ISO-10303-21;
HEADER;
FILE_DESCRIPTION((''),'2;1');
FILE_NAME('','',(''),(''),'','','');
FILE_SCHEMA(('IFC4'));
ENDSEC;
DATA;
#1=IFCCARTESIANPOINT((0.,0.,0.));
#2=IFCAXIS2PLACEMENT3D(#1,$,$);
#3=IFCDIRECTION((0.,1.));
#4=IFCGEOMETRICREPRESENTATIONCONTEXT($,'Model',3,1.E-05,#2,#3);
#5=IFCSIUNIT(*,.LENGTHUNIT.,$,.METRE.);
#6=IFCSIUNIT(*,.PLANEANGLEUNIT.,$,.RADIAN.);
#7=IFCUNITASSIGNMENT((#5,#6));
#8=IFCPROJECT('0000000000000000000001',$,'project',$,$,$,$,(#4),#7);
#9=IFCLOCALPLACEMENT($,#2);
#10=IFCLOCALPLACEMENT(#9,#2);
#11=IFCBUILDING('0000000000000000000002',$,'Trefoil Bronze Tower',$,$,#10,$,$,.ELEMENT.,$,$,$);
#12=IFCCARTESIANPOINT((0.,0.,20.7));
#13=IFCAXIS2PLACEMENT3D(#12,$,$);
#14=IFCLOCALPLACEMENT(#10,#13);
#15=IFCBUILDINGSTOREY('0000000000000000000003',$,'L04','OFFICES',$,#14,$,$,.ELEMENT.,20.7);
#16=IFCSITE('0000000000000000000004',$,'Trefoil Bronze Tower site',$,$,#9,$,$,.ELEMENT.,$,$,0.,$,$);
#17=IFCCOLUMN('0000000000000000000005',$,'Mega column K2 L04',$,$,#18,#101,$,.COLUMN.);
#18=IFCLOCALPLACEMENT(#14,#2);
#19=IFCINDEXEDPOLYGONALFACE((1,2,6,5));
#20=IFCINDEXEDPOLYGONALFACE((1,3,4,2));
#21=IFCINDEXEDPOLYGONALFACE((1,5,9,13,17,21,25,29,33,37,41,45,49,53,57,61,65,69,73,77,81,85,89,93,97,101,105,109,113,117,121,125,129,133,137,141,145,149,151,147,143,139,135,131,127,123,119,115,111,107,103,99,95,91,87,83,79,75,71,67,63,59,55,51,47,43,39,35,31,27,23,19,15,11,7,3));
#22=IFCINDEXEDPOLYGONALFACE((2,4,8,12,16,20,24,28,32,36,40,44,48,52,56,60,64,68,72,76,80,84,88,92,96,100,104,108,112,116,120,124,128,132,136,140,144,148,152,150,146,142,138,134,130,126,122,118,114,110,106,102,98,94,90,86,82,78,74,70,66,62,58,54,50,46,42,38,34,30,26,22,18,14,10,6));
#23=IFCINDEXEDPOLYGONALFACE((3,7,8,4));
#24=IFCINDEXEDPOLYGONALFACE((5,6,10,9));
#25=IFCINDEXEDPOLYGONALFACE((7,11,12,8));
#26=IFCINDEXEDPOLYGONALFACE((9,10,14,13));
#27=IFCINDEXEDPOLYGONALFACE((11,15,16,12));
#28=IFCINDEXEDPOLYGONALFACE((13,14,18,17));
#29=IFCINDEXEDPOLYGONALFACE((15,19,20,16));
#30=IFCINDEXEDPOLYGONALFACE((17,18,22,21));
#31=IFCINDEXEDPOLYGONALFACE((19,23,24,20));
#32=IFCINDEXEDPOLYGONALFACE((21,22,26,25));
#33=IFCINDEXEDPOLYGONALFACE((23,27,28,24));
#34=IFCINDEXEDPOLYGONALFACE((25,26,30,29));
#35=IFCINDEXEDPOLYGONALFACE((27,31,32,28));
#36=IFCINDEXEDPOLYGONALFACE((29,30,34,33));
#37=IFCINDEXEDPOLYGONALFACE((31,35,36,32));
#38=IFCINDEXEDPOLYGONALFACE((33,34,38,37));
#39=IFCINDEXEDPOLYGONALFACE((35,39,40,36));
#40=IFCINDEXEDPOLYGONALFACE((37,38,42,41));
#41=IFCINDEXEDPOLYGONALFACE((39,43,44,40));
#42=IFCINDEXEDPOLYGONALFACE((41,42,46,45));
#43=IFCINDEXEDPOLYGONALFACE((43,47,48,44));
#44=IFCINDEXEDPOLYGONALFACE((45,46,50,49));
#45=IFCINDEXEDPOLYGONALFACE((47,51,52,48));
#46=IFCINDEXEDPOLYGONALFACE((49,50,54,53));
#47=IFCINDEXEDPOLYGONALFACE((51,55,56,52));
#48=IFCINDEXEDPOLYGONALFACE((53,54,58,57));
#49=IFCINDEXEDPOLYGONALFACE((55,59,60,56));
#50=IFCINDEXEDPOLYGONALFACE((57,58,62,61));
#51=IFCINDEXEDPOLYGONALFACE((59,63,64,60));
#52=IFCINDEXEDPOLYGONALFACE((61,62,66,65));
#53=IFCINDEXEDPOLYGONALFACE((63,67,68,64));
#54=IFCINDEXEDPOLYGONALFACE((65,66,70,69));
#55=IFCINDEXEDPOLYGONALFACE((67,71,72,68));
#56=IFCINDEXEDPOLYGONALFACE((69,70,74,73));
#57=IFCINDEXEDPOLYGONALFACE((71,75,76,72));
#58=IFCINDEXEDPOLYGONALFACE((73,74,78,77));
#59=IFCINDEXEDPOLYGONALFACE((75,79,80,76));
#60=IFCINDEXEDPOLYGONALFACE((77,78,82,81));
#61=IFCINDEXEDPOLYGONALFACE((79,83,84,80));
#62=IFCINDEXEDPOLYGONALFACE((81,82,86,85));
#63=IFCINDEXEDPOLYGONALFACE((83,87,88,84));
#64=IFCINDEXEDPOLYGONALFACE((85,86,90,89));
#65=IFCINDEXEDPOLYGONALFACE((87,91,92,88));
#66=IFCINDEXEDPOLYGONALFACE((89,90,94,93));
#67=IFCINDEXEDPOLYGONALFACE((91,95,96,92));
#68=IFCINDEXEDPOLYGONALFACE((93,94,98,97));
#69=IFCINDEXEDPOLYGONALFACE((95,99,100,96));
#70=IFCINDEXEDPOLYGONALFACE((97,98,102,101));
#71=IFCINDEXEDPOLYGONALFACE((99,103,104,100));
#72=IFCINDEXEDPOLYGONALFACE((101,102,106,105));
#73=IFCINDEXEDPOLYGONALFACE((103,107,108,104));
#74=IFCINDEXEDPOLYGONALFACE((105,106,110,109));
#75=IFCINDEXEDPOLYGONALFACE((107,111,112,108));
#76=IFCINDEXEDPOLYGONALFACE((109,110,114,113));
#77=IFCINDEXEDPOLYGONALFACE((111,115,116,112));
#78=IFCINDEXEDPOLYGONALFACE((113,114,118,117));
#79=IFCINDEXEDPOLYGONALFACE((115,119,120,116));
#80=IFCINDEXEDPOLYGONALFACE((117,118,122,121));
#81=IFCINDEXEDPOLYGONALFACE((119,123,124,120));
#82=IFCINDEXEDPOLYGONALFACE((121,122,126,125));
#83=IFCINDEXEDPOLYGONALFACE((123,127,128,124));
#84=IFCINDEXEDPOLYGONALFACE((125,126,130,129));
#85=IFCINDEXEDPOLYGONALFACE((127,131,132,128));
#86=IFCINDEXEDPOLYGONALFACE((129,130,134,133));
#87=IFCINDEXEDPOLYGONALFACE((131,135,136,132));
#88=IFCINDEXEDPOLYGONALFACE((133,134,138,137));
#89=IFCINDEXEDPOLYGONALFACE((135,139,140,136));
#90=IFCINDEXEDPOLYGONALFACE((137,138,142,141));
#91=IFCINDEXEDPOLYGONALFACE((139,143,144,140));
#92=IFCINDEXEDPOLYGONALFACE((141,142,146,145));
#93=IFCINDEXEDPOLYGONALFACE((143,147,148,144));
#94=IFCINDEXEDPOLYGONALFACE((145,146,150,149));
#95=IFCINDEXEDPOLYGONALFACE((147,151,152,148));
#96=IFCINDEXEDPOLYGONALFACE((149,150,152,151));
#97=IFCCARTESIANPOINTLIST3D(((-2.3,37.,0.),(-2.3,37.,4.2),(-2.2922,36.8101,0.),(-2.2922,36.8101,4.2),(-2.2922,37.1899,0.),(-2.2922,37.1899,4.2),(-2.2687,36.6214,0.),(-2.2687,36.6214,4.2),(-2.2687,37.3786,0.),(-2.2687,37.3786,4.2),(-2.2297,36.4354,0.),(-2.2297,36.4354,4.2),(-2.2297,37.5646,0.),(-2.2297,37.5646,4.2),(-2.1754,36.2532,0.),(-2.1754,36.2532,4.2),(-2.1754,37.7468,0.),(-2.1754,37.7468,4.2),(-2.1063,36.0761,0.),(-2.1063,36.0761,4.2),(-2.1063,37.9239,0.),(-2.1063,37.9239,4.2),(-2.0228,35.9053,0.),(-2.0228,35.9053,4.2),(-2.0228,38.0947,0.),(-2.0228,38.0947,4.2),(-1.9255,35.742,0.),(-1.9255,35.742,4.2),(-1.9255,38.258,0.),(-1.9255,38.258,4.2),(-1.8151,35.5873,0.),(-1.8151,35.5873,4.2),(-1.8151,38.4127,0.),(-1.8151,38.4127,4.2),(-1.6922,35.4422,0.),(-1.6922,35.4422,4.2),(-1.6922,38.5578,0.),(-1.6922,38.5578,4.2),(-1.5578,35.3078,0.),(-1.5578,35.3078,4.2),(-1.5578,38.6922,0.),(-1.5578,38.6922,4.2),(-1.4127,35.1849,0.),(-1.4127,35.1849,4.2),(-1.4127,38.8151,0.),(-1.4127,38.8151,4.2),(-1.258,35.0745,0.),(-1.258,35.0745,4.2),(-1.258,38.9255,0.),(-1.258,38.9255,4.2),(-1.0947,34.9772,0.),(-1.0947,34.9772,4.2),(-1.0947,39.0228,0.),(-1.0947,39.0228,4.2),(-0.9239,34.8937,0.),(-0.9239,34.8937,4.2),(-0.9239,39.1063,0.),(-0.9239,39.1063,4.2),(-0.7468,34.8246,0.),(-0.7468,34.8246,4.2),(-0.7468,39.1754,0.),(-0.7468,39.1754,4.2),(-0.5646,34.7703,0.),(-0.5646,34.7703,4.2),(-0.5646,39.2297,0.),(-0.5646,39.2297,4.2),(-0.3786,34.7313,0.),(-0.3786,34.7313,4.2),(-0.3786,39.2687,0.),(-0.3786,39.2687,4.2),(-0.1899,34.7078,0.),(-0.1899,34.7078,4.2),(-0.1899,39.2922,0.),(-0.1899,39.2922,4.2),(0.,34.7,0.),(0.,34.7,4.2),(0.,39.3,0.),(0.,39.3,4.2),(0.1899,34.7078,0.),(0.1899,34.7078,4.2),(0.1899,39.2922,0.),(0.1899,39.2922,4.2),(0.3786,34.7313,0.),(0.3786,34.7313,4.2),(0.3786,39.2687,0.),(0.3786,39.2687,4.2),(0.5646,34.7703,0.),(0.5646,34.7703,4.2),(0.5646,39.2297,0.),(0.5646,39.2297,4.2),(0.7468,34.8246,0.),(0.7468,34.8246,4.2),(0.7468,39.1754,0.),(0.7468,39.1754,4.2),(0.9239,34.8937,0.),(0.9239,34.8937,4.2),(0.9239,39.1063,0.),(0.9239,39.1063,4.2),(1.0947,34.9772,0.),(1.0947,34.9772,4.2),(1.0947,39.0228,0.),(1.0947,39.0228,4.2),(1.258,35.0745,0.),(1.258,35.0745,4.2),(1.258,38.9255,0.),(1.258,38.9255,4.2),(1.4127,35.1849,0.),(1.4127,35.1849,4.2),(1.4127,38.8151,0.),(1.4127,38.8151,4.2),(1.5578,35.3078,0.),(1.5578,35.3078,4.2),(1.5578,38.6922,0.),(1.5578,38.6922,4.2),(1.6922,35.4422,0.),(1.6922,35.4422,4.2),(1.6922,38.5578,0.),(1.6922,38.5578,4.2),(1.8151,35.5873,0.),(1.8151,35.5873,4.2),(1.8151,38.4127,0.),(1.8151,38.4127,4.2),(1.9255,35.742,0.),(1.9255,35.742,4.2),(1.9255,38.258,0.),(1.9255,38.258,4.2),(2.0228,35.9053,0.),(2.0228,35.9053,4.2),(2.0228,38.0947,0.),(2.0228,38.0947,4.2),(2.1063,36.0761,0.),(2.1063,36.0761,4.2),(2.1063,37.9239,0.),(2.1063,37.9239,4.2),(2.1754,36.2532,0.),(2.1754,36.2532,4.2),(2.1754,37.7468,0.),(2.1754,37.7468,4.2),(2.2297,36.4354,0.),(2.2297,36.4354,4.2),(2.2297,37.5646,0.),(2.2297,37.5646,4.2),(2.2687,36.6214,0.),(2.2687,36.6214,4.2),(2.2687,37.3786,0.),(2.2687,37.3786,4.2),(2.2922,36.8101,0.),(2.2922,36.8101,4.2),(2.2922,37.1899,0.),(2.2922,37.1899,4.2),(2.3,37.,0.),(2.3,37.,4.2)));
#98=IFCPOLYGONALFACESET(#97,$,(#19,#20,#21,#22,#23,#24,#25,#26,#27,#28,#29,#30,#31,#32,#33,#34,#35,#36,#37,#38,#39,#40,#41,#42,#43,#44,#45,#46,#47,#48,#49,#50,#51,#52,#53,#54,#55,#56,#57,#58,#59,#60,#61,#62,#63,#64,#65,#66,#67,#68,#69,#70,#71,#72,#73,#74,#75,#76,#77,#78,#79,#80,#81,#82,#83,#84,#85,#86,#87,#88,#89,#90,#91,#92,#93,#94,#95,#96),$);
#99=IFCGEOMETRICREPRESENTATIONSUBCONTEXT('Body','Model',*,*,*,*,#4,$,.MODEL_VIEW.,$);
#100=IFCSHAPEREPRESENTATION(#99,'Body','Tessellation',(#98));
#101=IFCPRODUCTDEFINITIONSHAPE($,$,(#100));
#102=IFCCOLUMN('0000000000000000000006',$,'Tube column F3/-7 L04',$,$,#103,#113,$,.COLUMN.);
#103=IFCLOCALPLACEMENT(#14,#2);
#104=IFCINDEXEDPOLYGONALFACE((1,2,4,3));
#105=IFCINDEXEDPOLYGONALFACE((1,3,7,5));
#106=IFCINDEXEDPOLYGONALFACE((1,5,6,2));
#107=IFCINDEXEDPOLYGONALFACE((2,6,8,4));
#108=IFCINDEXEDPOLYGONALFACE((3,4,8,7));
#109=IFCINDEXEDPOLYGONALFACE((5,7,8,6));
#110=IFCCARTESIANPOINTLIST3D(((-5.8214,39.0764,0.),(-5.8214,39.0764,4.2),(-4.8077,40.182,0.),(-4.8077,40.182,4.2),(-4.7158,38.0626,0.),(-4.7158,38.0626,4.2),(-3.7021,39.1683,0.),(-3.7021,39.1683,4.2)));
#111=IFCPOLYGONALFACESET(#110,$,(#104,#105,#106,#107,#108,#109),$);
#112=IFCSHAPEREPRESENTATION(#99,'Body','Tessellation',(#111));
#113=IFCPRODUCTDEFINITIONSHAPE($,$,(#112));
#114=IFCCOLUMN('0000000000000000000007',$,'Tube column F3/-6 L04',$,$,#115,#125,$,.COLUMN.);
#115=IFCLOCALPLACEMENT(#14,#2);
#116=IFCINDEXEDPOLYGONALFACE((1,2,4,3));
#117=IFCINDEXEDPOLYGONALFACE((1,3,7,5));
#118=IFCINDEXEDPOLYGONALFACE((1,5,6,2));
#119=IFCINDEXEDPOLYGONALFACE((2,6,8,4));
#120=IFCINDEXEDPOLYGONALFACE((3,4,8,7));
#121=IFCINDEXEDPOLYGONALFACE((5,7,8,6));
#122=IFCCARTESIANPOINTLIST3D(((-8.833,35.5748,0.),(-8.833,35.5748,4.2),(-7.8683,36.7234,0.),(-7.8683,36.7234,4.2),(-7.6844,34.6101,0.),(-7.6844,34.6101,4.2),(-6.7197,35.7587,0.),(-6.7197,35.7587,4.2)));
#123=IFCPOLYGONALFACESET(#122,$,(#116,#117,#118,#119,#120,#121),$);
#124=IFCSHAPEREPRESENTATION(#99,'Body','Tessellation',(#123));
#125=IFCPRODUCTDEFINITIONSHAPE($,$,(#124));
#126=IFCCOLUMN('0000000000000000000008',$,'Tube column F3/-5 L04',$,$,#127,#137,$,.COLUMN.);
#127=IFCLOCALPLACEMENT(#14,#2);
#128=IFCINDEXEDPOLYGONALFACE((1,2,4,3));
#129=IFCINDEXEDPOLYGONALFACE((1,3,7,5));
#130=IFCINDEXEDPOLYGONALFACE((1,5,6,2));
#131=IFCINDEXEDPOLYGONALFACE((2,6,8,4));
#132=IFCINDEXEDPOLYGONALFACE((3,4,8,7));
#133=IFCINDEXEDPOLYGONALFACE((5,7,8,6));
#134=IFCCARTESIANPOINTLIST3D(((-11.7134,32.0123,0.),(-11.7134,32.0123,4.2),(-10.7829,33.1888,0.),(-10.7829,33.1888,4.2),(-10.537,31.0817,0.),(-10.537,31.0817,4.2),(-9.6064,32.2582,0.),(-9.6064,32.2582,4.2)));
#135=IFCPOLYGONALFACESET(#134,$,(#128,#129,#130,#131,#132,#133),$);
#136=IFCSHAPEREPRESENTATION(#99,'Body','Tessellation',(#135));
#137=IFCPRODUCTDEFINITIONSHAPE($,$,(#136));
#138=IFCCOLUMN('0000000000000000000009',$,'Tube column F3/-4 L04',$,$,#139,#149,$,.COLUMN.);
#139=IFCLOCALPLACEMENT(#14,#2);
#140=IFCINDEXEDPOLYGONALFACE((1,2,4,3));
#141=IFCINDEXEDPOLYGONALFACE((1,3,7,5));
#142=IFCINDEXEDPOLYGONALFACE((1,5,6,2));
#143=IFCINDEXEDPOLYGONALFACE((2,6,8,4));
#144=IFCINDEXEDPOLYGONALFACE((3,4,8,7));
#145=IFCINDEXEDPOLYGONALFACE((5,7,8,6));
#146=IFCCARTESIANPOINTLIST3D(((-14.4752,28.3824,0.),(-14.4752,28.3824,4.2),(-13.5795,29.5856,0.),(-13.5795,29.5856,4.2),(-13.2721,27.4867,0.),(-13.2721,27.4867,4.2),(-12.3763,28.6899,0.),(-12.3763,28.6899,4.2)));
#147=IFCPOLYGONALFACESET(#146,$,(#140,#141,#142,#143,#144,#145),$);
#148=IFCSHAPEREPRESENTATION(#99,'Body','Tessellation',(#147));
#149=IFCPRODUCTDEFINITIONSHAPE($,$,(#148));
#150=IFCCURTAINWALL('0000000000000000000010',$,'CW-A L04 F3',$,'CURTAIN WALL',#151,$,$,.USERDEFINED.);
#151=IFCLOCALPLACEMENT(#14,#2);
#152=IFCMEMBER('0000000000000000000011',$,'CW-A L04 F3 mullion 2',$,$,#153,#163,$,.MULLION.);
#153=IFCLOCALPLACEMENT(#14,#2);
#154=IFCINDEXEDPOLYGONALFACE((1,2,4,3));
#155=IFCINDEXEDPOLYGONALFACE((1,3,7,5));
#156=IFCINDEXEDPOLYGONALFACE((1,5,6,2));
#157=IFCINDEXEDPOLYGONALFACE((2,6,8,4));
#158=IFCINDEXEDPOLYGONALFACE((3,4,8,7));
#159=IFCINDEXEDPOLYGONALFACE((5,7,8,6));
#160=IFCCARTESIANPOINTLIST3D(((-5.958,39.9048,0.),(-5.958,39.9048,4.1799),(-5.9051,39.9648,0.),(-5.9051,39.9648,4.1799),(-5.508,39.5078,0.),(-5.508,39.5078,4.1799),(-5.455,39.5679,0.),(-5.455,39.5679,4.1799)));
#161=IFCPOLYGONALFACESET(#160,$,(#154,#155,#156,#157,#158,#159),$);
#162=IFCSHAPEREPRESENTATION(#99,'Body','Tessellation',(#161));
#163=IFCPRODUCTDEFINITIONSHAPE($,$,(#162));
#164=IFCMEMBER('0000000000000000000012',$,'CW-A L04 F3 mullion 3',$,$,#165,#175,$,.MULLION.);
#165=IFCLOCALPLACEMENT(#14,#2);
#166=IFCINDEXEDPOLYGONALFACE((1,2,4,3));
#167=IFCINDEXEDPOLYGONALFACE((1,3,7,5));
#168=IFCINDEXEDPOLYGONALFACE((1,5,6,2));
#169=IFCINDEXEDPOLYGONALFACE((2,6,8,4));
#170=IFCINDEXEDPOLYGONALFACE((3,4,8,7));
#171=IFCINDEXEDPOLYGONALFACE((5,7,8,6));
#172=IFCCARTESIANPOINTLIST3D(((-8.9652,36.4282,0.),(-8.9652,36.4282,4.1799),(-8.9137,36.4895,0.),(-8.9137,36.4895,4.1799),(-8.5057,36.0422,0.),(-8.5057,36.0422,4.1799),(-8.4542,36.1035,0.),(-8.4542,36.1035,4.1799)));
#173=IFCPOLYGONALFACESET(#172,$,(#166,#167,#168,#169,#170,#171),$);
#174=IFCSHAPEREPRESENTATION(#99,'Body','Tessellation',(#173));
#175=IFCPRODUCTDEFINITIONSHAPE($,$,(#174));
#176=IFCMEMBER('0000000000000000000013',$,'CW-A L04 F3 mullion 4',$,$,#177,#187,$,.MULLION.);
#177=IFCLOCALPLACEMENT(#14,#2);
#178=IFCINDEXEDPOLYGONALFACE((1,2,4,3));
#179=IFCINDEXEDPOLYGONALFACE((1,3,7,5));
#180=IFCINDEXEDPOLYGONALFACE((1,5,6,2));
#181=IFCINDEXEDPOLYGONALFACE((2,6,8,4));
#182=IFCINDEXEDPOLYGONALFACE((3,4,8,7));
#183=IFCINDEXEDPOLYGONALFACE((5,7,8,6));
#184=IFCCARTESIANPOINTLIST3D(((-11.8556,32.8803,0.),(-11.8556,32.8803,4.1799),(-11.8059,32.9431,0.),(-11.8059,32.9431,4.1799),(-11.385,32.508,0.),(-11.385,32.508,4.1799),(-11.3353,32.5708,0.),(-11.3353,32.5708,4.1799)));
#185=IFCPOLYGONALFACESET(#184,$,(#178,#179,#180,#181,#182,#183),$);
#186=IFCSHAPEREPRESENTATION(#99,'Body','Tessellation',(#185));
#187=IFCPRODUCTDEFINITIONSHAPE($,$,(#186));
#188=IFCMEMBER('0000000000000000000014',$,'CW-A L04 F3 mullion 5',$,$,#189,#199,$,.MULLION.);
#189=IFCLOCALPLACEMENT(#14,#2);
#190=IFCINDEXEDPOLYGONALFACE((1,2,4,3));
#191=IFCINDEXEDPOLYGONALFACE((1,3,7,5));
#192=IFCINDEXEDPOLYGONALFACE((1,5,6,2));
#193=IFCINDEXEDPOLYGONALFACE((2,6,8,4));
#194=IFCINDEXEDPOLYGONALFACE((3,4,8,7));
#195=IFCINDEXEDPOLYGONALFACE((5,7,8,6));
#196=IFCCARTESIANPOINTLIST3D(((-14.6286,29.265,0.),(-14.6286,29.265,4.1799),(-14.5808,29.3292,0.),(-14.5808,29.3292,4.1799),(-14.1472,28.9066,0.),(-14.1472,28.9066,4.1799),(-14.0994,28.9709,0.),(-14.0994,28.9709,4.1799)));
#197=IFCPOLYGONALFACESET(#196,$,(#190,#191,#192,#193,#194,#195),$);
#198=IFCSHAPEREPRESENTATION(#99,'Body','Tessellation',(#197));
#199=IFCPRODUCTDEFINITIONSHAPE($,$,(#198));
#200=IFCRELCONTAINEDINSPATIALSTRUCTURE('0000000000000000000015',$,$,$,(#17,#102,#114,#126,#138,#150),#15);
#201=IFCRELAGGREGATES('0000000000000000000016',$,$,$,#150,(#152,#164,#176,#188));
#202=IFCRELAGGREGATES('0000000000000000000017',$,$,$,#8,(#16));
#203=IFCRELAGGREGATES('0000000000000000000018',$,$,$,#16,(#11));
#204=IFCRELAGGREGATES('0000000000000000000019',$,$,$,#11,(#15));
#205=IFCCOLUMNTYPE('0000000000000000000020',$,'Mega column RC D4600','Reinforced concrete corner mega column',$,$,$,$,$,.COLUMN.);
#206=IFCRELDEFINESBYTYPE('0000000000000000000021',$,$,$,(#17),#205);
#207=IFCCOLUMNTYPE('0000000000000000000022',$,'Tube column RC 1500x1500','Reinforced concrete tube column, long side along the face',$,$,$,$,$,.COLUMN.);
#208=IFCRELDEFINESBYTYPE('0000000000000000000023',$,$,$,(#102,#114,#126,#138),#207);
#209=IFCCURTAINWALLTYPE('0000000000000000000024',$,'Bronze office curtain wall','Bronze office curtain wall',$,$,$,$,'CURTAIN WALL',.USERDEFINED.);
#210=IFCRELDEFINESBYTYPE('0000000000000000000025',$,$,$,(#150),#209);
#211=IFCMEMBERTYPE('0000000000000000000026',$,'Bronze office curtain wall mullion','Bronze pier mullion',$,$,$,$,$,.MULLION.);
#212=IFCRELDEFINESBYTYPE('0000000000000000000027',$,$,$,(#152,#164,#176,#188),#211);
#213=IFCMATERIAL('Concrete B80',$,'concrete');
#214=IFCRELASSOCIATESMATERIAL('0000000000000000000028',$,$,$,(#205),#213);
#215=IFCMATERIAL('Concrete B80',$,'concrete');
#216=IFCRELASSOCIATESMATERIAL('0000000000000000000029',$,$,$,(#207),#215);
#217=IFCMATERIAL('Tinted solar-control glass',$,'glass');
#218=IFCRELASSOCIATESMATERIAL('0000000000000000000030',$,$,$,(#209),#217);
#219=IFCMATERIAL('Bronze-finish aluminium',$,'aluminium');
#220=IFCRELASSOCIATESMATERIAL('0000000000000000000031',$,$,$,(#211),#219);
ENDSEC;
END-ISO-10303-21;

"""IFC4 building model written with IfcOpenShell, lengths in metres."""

from ifc_helpers import new_model, si_unit, direction, frame, origin, origin_2d, place, context, subcontext, project, spatial, rectangle, circle, extrude, material, material_profile, profile_set, type_object, element, aggregate, save


model = new_model("IFC4")

# Units and contexts
model_context = context("Model", 3, precision=1e-05, world=origin(), true_north=direction((0.0, 1.0)))
body_context = subcontext(model_context, "Body", "Model", "MODEL_VIEW")
ifc_project = project(units=[si_unit("LENGTHUNIT", "METRE"), si_unit("PLANEANGLEUNIT", "RADIAN")], contexts=[model_context])

# Site, building, storey
site_placement = place(None, origin())
site = spatial("IfcSite", under=ifc_project, at=site_placement, Name="Trefoil Bronze Tower site", CompositionType="ELEMENT", RefElevation=0.0)
building_placement = place(site_placement, origin())
building = spatial("IfcBuilding", under=site, at=building_placement, Name="Trefoil Bronze Tower", CompositionType="ELEMENT")
storey_placement = place(building_placement, frame((0.0, 0.0, 20.7)))
storey = spatial("IfcBuildingStorey", under=building, at=storey_placement, Name="L04", Description="OFFICES", CompositionType="ELEMENT", Elevation=20.7)

# Columns
ifc_material_1 = material(Name="Concrete B80", Category="concrete")
ifc_material_profile_1 = material_profile(ifc_material_1, circle(Radius=2.3, at=origin_2d()), Name="RC D4600")
ifc_profile_set_1 = profile_set([ifc_material_profile_1], Name="Concrete B80")
column_type_1 = type_object("IfcColumnType", Name="Mega column RC D4600", Description="Reinforced concrete corner mega column", PredefinedType="COLUMN", material=ifc_profile_set_1)
column_placement = place(storey_placement, frame((0.0, 37.0, 0.0), z_axis=(0.0, 0.0, 1.0), x_axis=(1.0, 0.0, 0.0)))
element("IfcColumn", 1, at=column_placement, inside=storey, type_object=column_type_1, Name="Mega column K2 L04", PredefinedType="COLUMN", context=body_context, shape_type="SweptSolid", body=[
    extrude(circle(Radius=2.3, at=origin_2d()), origin(), (0.0, 0.0, 1.0), 4.2),
])
ifc_material_2 = material(Name="Concrete B80", Category="concrete")
ifc_material_profile_2 = material_profile(ifc_material_2, rectangle(XDim=1.5, YDim=1.5, at=origin_2d()), Name="RC 1500x1500")
ifc_profile_set_2 = profile_set([ifc_material_profile_2], Name="Concrete B80")
column_type_2 = type_object("IfcColumnType", Name="Tube column RC 1500x1500", Description="Reinforced concrete tube column, long side along the face", PredefinedType="COLUMN", material=ifc_profile_set_2)
for number, where, z_axis, x_axis, name in (
    (2, (-4.7617, 39.1223, 0.0), (0.0, 0.0, 1.0), (-0.675816, -0.73707, 0.0), "Tube column F3/-7 L04"),
    (3, (-7.7764, 35.6667, 0.0), (0.0, 0.0, 1.0), (-0.643163, -0.765729, 0.0), "Tube column F3/-6 L04"),
    (4, (-10.6599, 32.1353, 0.0), (0.0, 0.0, 1.0), (-0.620376, -0.784305, 0.0), "Tube column F3/-5 L04"),
    (5, (-13.4258, 28.5361, 0.0), (0.0, 0.0, 1.0), (-0.597154, -0.802127, 0.0), "Tube column F3/-4 L04"),
):
    element("IfcColumn", number, at=place(storey_placement, frame(where, z_axis=z_axis, x_axis=x_axis)), inside=storey, type_object=column_type_2, Name=name, PredefinedType="COLUMN", context=body_context, shape_type="SweptSolid", body=[
        extrude(rectangle(XDim=1.5, YDim=1.5, at=origin_2d()), origin(), (0.0, 0.0, 1.0), 4.2),
    ])

# Curtain wall, members
ifc_material_3 = material(Name="Tinted solar-control glass", Category="glass")
curtain_wall_type_1 = type_object("IfcCurtainWallType", Name="Bronze office curtain wall", Description="Bronze office curtain wall", ElementType="CURTAIN WALL", PredefinedType="USERDEFINED", material=ifc_material_3)
curtain_wall_1_placement = place(storey_placement, origin())
curtain_wall_1 = element("IfcCurtainWall", 6, at=curtain_wall_1_placement, inside=storey, type_object=curtain_wall_type_1, Name="CW-A L04 F3", ObjectType="CURTAIN WALL", PredefinedType="USERDEFINED")
ifc_material_4 = material(Name="Bronze-finish aluminium", Category="aluminium")
ifc_material_profile_3 = material_profile(ifc_material_4, rectangle(XDim=0.6001, YDim=0.0801, at=origin_2d()), Name="CW-A mullion")
ifc_profile_set_3 = profile_set([ifc_material_profile_3], Name="Bronze-finish aluminium")
member_type_1 = type_object("IfcMemberType", Name="Bronze office curtain wall mullion", Description="Bronze pier mullion", PredefinedType="MULLION", material=ifc_profile_set_3)
member_1_placement = place(storey_placement, frame((-5.7065, 39.7363, 0.0), z_axis=(0.0, 0.0, 1.0), x_axis=(0.749941, -0.661505, 0.0)))
member_1 = element("IfcMember", 7, at=member_1_placement, type_object=member_type_1, Name="CW-A L04 F3 mullion 2", PredefinedType="MULLION", context=body_context, shape_type="SweptSolid", body=[
    extrude(rectangle(XDim=0.6001, YDim=0.0801, at=origin_2d()), origin(), (0.0, 0.0, 1.0), 4.1799),
])
member_2_placement = place(storey_placement, frame((-8.7097, 36.2659, 0.0), z_axis=(0.0, 0.0, 1.0), x_axis=(0.765729, -0.643163, 0.0)))
member_2 = element("IfcMember", 8, at=member_2_placement, type_object=member_type_1, Name="CW-A L04 F3 mullion 3", PredefinedType="MULLION", context=body_context, shape_type="SweptSolid", body=[
    extrude(rectangle(XDim=0.6001, YDim=0.0801, at=origin_2d()), origin(), (0.0, 0.0, 1.0), 4.1799),
])
member_3_placement = place(storey_placement, frame((-11.5955, 32.7256, 0.0), z_axis=(0.0, 0.0, 1.0), x_axis=(0.784305, -0.620376, 0.0)))
member_3 = element("IfcMember", 9, at=member_3_placement, type_object=member_type_1, Name="CW-A L04 F3 mullion 4", PredefinedType="MULLION", context=body_context, shape_type="SweptSolid", body=[
    extrude(rectangle(XDim=0.6001, YDim=0.0801, at=origin_2d()), origin(), (0.0, 0.0, 1.0), 4.1799),
])
member_4_placement = place(storey_placement, frame((-14.364, 29.1179, 0.0), z_axis=(0.0, 0.0, 1.0), x_axis=(0.802127, -0.597154, 0.0)))
member_4 = element("IfcMember", 10, at=member_4_placement, type_object=member_type_1, Name="CW-A L04 F3 mullion 5", PredefinedType="MULLION", context=body_context, shape_type="SweptSolid", body=[
    extrude(rectangle(XDim=0.6001, YDim=0.0801, at=origin_2d()), origin(), (0.0, 0.0, 1.0), 4.1799),
])

aggregate(curtain_wall_1, [member_1, member_2, member_3, member_4])

save(model, "model.ifc")
